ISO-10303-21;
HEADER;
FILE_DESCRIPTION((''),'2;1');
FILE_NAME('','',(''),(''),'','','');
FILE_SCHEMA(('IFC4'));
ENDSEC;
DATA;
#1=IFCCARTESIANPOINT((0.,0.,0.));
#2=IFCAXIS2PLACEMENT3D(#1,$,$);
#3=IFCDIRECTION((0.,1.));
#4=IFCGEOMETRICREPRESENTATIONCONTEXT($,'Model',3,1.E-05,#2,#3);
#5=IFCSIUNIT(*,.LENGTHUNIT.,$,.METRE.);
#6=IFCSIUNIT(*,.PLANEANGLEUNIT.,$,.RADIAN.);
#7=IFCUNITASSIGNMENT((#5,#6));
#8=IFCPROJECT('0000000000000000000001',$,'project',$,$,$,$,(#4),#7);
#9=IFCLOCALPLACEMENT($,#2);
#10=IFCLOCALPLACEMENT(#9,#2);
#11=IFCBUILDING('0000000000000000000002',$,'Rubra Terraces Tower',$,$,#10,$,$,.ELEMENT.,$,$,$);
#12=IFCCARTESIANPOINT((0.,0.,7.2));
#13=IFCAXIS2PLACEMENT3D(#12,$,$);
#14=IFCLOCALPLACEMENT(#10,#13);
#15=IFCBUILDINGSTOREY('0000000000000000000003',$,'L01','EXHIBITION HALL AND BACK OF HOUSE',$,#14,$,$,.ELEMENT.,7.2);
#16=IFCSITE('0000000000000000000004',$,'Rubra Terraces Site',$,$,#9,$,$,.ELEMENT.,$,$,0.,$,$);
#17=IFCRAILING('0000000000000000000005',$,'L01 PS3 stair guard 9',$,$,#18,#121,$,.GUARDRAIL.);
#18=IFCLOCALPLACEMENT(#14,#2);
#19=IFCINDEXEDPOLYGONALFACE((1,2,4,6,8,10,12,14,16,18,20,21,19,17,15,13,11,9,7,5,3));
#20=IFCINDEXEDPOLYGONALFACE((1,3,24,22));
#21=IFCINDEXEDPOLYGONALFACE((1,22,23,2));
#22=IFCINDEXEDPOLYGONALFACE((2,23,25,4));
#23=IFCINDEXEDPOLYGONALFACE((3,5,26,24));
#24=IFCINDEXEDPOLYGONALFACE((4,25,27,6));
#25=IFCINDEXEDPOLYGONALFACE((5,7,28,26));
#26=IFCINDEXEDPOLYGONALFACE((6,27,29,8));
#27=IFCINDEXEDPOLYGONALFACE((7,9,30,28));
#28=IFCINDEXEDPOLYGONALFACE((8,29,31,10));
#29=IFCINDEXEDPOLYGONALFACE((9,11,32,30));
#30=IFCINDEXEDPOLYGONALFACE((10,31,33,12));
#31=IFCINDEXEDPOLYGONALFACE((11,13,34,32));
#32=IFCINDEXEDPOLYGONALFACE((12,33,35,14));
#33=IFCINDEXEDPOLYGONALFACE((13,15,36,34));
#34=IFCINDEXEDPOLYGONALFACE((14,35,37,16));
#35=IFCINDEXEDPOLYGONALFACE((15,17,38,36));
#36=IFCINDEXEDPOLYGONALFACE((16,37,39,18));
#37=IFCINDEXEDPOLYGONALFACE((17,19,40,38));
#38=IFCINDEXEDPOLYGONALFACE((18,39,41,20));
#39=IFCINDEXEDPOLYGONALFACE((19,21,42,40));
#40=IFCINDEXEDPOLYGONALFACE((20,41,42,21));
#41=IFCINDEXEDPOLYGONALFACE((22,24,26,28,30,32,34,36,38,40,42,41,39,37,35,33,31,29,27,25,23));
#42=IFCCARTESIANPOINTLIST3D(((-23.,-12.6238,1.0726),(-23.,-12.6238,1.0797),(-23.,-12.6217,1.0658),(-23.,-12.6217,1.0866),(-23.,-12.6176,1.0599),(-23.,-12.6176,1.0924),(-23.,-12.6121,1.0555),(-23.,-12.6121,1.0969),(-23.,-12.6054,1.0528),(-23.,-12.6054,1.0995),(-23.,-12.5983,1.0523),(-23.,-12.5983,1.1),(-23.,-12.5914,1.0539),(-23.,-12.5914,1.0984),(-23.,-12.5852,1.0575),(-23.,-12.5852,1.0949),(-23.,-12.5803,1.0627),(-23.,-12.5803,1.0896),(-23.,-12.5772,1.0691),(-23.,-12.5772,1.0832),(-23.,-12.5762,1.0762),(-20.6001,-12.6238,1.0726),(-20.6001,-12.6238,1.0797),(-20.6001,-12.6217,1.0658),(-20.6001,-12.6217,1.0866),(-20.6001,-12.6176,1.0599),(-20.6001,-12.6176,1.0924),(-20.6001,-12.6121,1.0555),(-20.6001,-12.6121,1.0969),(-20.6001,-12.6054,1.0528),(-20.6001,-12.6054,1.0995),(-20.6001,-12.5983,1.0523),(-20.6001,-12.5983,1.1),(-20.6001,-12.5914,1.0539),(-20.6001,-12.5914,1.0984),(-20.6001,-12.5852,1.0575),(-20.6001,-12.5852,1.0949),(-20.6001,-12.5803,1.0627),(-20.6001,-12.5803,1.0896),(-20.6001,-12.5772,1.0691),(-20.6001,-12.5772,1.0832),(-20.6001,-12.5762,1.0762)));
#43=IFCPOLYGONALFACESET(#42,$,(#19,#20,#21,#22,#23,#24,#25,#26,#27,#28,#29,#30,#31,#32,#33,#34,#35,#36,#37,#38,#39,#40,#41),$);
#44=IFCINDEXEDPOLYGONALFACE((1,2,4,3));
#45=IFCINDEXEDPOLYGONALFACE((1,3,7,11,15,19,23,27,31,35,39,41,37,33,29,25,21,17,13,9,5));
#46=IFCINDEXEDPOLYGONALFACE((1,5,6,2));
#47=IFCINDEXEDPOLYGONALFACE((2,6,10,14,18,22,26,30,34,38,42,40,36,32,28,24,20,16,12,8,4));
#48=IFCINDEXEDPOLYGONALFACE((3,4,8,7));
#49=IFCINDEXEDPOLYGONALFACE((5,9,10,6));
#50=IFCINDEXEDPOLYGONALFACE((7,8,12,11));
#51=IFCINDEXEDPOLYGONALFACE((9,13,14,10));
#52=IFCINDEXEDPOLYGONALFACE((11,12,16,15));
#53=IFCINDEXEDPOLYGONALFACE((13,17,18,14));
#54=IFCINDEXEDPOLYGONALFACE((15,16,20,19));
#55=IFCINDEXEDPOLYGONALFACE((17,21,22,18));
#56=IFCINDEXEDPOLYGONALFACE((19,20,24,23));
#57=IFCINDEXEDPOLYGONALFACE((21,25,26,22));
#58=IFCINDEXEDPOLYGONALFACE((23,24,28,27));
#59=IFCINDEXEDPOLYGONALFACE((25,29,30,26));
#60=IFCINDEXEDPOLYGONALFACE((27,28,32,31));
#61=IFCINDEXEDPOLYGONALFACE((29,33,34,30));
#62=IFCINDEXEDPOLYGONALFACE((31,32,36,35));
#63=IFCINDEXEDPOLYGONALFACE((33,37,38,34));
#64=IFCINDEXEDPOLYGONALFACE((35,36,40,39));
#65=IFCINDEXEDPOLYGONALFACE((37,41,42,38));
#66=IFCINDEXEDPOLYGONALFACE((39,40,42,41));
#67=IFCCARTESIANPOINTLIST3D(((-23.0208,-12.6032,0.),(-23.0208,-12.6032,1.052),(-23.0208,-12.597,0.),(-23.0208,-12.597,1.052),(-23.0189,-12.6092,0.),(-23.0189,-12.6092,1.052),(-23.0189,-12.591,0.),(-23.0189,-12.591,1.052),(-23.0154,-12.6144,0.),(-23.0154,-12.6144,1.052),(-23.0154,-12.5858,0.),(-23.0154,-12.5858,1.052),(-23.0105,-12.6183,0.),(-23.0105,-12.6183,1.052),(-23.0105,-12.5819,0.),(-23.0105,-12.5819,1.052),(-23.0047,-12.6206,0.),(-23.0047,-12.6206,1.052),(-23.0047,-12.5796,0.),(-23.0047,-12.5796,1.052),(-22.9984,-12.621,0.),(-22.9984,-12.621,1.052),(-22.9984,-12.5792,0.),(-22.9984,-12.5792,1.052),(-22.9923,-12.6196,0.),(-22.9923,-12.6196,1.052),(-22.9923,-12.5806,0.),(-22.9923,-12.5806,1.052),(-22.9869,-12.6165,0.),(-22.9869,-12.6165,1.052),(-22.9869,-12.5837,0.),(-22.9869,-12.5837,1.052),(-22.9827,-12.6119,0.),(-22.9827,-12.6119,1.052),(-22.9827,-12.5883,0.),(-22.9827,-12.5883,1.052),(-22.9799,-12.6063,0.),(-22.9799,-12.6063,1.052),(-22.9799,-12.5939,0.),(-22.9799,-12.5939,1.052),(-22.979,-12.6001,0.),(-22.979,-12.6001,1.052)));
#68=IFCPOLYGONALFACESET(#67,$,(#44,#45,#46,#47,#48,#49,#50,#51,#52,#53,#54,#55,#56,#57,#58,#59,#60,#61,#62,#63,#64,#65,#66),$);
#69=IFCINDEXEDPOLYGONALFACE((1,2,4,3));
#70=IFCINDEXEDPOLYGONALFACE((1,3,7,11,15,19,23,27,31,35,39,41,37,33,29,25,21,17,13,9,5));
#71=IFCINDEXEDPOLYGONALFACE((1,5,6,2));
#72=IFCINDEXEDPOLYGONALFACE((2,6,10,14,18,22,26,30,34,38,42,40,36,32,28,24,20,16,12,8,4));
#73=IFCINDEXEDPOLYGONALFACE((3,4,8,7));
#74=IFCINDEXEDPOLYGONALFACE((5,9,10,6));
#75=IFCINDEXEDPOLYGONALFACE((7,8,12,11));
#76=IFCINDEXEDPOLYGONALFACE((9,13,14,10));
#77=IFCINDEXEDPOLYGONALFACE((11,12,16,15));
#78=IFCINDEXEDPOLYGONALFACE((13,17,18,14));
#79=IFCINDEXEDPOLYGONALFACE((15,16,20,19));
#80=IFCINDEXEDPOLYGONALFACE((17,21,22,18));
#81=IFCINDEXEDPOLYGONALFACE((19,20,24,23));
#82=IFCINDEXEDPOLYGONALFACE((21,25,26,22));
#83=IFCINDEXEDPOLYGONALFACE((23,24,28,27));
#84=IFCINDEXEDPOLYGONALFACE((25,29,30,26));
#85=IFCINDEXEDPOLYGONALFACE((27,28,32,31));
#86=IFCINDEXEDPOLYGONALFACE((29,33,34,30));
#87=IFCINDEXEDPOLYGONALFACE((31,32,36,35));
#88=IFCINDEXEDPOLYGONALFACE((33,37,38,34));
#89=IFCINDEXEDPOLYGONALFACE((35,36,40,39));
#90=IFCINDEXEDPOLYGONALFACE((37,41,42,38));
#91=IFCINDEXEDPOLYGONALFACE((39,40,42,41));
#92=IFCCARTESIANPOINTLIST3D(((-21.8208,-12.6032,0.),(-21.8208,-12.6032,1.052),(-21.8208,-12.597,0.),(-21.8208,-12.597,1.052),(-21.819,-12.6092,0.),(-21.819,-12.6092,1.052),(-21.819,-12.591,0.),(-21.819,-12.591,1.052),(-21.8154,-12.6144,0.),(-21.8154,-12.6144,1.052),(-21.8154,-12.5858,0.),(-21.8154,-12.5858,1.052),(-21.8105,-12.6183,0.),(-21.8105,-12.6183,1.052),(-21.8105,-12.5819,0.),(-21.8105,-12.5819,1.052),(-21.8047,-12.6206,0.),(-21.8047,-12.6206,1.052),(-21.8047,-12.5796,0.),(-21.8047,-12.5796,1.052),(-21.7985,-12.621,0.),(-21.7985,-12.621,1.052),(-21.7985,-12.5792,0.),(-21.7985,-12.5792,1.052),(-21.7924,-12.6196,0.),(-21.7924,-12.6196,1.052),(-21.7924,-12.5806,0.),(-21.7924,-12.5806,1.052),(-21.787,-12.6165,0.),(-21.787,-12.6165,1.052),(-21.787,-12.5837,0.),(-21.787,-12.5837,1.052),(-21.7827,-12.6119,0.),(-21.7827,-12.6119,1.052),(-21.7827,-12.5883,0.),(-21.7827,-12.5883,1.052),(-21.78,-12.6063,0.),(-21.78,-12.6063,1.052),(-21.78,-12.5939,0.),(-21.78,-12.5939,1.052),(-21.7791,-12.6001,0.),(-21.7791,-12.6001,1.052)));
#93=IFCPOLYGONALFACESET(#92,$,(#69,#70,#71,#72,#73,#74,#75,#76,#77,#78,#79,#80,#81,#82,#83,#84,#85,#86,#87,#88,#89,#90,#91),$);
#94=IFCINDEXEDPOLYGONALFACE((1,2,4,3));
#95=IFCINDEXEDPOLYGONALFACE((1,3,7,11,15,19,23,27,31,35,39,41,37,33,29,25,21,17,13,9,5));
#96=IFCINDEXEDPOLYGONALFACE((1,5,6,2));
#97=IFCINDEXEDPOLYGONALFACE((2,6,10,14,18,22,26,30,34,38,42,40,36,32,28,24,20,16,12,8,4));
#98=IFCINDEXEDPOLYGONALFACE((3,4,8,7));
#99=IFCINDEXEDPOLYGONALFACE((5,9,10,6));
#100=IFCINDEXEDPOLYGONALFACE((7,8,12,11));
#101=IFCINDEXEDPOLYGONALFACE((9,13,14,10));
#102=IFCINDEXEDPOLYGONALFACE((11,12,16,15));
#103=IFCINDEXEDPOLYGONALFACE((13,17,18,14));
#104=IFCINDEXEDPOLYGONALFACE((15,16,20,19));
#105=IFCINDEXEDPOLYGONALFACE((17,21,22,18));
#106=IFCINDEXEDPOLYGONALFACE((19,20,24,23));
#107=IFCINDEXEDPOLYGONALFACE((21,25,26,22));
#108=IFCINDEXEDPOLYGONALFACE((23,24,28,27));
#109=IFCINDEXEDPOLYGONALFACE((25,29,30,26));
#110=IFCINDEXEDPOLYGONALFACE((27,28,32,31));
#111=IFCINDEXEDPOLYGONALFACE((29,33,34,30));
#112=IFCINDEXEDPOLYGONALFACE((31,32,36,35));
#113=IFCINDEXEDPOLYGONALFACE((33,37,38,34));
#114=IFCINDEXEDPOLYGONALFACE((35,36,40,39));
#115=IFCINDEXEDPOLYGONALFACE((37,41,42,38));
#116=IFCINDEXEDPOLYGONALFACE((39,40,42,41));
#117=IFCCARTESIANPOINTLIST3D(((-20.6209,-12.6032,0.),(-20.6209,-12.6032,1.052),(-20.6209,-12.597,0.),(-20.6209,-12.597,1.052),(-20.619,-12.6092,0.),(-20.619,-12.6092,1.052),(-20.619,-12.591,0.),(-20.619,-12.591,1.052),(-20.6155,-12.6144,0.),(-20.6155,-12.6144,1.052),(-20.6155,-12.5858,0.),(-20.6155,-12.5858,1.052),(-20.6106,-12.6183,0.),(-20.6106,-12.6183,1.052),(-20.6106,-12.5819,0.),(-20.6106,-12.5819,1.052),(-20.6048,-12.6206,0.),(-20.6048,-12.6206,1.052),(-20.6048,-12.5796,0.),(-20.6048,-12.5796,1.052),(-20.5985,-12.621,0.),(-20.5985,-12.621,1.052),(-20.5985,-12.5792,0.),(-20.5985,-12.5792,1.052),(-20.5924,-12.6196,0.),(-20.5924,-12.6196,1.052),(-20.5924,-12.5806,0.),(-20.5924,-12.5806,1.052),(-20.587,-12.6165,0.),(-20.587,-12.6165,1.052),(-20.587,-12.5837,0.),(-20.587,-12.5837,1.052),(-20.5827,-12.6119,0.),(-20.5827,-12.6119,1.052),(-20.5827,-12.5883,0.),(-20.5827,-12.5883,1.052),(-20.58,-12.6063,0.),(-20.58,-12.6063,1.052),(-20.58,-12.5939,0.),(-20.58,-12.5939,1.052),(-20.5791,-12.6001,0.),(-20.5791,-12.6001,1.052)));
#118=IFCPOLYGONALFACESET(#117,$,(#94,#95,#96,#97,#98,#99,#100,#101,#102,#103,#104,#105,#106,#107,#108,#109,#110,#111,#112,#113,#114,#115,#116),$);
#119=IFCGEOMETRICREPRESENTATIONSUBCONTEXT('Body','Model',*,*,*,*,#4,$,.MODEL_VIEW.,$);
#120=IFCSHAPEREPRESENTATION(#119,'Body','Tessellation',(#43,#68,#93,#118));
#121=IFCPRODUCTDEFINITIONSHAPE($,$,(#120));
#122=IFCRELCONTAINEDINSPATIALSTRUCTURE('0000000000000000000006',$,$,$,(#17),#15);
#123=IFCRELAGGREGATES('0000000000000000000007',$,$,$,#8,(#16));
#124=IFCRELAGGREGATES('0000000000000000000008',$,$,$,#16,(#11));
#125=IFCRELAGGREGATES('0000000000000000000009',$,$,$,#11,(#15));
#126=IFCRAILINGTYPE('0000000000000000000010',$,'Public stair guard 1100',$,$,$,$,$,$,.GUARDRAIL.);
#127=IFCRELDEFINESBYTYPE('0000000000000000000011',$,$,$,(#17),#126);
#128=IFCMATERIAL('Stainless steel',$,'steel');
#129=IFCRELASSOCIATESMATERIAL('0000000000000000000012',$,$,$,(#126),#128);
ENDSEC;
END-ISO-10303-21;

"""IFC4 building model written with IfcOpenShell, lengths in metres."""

from ifc_helpers import new_model, si_unit, direction, frame, origin, origin_2d, place, context, subcontext, project, spatial, circle, extrude, material, type_object, element, save


model = new_model("IFC4")

# Units and contexts
model_context = context("Model", 3, precision=1e-05, world=origin(), true_north=direction((0.0, 1.0)))
body_context = subcontext(model_context, "Body", "Model", "MODEL_VIEW")
ifc_project = project(units=[si_unit("LENGTHUNIT", "METRE"), si_unit("PLANEANGLEUNIT", "RADIAN")], contexts=[model_context])

# Site, building, storey
site_placement = place(None, origin())
site = spatial("IfcSite", under=ifc_project, at=site_placement, Name="Rubra Terraces Site", CompositionType="ELEMENT", RefElevation=0.0)
building_placement = place(site_placement, origin())
building = spatial("IfcBuilding", under=site, at=building_placement, Name="Rubra Terraces Tower", CompositionType="ELEMENT")
storey_placement = place(building_placement, frame((0.0, 0.0, 7.2)))
storey = spatial("IfcBuildingStorey", under=building, at=storey_placement, Name="L01", Description="EXHIBITION HALL AND BACK OF HOUSE", CompositionType="ELEMENT", Elevation=7.2)

# Railing
ifc_material_1 = material(Name="Stainless steel", Category="steel")
railing_type = type_object("IfcRailingType", Name="Public stair guard 1100", PredefinedType="GUARDRAIL", material=ifc_material_1)
railing_placement = place(storey_placement, frame((-23.0, -12.6001, 0.0)))
element("IfcRailing", 1, at=railing_placement, inside=storey, type_object=railing_type, Name="L01 PS3 stair guard 9", PredefinedType="GUARDRAIL", context=body_context, shape_type="SweptSolid", body=[
    extrude(circle(Radius=0.0239, at=origin_2d()), frame((0.0, 0.0, 1.0762), z_axis=(1.0, 0.0, 0.0), x_axis=(0.0, 1.0, 0.0)), (0.0, 0.0, 1.0), 2.3999),
    extrude(circle(Radius=0.021, at=origin_2d()), origin(), (0.0, 0.0, 1.0), 1.052),
    extrude(circle(Radius=0.021, at=origin_2d()), frame((1.2, 0.0, 0.0)), (0.0, 0.0, 1.0), 1.052),
    extrude(circle(Radius=0.021, at=origin_2d()), frame((2.3999, 0.0, 0.0)), (0.0, 0.0, 1.0), 1.052),
])

save(model, "model.ifc")
